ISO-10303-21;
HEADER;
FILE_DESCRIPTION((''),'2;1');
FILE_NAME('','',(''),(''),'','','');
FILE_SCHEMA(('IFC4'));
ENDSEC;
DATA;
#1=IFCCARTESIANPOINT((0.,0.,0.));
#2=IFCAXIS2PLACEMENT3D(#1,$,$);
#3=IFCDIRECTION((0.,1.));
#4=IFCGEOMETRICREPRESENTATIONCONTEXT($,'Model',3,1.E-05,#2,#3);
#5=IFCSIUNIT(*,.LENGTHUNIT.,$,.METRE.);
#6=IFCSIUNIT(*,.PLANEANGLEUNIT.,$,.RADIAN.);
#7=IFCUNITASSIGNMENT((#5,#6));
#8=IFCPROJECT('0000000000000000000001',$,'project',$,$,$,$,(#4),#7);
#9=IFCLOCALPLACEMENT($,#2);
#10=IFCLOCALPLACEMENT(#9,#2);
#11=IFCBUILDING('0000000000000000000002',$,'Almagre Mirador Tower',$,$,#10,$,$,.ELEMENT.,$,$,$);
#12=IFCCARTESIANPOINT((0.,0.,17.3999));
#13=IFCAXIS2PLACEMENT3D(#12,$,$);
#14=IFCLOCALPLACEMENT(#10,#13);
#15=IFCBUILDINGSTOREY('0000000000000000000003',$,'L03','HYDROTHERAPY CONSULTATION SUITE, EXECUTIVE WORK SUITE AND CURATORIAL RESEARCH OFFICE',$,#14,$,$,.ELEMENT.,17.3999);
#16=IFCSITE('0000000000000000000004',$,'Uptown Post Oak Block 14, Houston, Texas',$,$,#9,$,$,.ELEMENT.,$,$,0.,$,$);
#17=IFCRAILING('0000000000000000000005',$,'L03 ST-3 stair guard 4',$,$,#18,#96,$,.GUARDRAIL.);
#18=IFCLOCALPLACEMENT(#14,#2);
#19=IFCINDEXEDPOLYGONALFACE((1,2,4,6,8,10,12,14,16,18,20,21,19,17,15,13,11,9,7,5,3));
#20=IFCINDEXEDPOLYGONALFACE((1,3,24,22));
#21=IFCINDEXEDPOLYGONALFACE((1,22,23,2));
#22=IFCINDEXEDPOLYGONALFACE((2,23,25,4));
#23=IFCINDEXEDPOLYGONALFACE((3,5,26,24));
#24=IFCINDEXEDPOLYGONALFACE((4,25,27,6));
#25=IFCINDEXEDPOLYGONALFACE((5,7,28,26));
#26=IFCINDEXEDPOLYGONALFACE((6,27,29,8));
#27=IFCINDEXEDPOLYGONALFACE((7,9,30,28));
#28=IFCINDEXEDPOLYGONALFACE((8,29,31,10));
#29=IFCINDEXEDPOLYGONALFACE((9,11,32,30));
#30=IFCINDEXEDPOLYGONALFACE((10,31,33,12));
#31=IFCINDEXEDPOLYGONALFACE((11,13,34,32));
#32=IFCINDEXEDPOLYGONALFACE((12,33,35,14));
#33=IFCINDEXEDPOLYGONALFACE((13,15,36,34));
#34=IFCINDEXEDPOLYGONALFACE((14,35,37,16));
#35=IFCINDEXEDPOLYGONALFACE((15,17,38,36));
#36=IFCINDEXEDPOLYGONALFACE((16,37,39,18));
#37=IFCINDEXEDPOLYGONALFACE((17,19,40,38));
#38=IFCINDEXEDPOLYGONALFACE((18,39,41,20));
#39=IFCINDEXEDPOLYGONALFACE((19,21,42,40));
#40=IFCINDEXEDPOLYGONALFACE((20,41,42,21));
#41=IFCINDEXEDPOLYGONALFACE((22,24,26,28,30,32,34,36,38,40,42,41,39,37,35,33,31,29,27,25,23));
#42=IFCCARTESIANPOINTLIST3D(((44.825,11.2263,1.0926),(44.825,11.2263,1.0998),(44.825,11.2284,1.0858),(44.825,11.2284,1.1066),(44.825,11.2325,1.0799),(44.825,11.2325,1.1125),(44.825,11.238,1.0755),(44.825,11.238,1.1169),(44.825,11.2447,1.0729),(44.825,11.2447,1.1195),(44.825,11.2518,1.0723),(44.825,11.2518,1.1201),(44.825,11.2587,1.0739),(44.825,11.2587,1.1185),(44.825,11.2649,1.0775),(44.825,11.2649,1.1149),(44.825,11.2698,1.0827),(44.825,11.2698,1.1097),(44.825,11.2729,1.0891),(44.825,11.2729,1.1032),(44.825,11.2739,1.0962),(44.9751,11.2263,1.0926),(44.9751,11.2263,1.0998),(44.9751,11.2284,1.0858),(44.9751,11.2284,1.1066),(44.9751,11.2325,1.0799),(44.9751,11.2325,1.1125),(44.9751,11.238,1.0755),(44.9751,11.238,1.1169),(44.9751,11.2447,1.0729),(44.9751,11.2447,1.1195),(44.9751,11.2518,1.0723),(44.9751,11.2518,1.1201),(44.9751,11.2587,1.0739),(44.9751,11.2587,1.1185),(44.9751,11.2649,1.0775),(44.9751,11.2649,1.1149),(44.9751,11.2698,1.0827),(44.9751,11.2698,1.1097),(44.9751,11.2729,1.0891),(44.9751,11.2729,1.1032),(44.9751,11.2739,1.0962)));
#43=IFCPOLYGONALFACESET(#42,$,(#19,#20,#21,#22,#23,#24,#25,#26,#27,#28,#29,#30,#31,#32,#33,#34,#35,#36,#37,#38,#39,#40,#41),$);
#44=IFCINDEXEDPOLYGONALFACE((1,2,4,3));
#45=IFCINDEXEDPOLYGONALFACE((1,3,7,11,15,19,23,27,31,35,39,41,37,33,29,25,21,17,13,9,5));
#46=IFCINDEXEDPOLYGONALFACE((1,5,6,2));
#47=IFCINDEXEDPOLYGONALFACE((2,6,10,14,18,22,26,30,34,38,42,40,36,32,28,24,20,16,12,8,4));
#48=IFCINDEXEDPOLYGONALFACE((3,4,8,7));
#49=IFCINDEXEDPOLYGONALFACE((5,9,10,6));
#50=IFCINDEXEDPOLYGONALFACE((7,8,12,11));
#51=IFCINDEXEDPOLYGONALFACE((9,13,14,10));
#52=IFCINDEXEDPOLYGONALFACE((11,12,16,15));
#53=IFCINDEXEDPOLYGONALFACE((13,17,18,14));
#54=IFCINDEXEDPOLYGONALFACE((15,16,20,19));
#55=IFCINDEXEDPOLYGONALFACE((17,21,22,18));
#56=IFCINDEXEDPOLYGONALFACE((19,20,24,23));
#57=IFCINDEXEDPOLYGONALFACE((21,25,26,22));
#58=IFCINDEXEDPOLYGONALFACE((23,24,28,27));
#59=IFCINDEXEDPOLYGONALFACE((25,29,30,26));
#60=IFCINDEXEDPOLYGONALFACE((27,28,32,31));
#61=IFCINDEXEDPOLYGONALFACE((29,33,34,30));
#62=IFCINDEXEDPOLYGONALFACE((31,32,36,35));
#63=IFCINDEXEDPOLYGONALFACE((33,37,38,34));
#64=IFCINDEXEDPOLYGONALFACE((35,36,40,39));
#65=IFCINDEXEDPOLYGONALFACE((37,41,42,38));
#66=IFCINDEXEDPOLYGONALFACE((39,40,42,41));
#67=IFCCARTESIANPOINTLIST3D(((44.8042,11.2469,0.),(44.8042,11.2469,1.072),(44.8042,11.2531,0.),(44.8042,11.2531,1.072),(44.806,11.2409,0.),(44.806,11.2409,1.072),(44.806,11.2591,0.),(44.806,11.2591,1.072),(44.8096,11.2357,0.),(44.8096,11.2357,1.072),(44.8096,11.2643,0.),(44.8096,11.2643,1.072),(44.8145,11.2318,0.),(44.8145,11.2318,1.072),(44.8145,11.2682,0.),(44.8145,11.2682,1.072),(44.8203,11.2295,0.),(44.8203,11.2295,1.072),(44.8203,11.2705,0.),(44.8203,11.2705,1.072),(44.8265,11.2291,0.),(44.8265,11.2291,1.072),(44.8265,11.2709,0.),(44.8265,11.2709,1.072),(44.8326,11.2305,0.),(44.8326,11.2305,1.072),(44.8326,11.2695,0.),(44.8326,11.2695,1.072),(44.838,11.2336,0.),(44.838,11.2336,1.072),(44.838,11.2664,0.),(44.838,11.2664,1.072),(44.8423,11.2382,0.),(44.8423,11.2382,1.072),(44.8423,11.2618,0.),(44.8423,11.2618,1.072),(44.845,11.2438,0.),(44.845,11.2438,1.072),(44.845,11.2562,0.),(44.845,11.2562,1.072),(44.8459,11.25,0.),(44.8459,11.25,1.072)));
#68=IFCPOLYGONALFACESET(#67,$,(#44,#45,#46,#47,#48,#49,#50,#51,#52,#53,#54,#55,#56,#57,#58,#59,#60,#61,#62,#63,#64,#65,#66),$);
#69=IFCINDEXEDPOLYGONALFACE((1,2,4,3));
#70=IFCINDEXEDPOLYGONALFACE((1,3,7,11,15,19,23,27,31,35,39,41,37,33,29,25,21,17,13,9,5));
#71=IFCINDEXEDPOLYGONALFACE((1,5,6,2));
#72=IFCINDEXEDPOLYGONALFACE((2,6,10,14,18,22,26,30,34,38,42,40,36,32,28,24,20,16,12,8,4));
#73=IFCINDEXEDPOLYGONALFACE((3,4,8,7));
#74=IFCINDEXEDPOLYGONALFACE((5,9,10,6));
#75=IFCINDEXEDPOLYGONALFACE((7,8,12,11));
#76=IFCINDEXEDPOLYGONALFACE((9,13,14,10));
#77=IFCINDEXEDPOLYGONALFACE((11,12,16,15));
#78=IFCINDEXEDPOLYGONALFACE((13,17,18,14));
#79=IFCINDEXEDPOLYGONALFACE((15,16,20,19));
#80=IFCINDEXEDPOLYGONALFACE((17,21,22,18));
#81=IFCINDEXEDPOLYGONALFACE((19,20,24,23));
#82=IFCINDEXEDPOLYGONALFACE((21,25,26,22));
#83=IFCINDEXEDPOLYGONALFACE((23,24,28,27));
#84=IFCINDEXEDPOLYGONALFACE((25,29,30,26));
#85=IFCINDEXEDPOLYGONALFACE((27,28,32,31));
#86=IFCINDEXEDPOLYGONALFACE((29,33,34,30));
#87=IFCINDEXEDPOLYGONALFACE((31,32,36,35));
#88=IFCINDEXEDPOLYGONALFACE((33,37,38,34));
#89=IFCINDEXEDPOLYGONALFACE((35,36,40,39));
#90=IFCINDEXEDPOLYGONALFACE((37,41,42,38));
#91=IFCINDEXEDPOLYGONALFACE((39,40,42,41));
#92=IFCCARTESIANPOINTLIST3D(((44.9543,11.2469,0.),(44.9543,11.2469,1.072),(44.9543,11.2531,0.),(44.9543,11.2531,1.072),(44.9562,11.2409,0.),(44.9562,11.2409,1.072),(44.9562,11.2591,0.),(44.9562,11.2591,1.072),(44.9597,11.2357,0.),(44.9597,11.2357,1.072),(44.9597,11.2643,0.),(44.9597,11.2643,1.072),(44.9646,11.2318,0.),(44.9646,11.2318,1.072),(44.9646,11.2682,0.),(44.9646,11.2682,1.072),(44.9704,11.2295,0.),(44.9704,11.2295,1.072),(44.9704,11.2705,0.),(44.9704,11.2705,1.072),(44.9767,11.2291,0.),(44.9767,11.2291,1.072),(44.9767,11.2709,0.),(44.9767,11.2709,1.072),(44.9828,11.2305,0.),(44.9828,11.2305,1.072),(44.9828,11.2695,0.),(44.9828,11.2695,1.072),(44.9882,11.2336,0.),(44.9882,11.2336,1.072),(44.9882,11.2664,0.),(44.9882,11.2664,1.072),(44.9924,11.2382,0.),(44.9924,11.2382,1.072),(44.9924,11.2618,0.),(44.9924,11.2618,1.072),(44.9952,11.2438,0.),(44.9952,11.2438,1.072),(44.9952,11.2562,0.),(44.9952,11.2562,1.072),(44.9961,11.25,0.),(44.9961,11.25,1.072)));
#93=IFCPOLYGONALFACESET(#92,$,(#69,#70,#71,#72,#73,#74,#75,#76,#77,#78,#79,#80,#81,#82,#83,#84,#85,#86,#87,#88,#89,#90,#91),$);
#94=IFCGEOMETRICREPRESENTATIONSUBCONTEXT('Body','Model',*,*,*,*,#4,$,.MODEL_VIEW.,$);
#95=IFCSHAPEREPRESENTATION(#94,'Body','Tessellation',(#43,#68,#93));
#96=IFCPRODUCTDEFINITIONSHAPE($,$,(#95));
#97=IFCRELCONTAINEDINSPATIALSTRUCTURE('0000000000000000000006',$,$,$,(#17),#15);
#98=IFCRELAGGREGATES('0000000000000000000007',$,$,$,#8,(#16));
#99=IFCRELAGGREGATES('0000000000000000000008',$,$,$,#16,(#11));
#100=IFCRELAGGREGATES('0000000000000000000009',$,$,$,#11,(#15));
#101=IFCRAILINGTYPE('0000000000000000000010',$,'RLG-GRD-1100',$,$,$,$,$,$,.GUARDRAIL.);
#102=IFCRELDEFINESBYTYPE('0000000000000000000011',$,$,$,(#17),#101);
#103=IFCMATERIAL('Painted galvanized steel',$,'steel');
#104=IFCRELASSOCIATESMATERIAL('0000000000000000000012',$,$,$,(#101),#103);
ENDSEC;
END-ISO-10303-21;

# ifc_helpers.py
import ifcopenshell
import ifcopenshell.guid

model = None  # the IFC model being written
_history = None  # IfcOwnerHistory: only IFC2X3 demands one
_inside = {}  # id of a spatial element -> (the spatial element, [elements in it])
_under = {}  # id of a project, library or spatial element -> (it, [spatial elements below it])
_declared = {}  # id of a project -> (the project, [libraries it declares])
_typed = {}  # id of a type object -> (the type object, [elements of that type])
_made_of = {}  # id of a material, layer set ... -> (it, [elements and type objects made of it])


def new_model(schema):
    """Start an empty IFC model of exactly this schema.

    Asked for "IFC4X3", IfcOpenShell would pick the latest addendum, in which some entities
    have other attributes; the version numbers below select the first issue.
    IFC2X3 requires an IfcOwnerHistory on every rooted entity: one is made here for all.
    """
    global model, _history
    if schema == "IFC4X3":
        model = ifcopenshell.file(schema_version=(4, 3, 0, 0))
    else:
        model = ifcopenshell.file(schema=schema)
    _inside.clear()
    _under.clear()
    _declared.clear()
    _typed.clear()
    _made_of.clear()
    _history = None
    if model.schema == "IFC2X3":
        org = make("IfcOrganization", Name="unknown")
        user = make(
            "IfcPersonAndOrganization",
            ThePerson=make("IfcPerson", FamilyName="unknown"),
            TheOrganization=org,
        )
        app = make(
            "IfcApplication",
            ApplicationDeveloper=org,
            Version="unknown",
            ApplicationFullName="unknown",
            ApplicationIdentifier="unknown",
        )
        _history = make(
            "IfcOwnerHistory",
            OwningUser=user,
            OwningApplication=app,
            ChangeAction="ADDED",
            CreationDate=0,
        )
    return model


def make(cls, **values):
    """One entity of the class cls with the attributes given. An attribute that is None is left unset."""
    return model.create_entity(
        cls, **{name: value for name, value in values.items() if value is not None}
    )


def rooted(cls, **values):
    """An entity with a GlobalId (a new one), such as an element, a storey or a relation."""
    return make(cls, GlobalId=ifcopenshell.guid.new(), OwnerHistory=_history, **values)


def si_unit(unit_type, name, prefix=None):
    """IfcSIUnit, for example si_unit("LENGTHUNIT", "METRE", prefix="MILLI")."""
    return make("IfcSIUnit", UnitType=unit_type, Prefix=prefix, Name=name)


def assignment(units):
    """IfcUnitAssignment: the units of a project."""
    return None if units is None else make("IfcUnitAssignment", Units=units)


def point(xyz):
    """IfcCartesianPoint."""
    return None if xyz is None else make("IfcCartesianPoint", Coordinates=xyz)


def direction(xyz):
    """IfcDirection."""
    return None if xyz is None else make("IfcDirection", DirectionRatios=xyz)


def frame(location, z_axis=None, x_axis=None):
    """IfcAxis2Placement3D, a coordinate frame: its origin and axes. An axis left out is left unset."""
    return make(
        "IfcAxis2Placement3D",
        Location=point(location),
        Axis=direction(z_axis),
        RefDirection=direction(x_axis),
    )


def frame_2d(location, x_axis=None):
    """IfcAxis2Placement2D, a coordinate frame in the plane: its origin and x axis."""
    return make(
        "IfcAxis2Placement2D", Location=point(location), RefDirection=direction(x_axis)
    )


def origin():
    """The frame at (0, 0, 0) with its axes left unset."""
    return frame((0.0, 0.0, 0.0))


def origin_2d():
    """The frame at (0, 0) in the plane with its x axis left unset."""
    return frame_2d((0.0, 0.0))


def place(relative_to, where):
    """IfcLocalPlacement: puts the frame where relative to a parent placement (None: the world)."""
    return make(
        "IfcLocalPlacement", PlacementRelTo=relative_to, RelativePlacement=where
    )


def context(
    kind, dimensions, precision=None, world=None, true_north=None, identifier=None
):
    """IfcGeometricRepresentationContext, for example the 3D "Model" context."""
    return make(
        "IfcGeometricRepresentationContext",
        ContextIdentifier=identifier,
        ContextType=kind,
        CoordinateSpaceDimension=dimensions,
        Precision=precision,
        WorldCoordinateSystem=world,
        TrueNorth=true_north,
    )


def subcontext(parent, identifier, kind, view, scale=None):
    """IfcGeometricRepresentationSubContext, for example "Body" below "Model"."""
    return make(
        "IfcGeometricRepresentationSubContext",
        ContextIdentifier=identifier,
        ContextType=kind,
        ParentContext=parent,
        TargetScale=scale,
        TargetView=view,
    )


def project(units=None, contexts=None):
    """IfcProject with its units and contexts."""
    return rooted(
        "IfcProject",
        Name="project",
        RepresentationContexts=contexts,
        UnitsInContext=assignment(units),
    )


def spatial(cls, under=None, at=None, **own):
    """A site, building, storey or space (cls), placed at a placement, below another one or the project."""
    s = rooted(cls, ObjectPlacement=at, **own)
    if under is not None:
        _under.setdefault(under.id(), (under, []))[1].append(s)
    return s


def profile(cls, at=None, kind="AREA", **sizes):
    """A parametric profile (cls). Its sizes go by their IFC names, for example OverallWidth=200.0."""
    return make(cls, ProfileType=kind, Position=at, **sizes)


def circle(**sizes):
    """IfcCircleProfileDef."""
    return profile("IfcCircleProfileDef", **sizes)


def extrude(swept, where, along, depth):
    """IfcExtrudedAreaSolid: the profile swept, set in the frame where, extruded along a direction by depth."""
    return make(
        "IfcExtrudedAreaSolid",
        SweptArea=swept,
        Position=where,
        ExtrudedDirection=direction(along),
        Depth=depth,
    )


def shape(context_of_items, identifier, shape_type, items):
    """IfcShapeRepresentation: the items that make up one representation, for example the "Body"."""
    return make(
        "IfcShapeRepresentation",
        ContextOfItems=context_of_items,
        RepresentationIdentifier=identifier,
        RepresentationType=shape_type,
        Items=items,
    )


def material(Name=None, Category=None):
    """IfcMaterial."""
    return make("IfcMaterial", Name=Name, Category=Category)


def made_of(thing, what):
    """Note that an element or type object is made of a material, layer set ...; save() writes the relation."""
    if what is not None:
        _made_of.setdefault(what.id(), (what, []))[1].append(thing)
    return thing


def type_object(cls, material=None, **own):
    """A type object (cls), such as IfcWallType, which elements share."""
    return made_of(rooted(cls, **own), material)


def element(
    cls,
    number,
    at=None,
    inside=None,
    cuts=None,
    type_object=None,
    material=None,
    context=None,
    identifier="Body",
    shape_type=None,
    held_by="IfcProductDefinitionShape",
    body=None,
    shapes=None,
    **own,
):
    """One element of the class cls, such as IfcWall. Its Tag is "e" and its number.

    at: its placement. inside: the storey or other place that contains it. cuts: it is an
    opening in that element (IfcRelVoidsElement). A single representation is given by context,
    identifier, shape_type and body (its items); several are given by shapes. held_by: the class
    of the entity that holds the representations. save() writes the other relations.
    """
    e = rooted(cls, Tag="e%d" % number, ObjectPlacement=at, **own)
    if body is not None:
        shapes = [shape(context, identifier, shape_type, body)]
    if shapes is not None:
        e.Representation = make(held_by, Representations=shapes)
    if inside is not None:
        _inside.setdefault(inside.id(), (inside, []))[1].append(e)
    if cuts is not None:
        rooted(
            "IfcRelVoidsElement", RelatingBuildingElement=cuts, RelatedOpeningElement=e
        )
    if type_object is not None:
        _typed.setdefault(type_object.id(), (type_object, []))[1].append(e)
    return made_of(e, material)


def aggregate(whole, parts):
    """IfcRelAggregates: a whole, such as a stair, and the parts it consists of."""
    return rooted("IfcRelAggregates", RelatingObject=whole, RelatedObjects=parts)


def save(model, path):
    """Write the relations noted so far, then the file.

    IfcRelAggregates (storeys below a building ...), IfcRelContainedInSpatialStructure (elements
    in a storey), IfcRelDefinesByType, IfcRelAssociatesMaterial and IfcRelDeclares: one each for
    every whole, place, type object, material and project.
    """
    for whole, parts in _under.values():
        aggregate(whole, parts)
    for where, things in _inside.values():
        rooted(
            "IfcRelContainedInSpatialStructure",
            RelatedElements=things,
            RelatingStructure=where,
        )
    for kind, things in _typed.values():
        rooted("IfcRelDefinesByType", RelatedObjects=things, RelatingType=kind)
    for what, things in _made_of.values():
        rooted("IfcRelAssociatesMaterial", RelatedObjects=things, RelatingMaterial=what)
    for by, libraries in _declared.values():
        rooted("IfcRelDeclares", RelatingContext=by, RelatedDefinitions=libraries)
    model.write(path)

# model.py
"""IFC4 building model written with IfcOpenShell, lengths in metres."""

from ifc_helpers import new_model, si_unit, direction, frame, origin, origin_2d, place, context, subcontext, project, spatial, circle, extrude, material, type_object, element, save


model = new_model("IFC4")

# Units and contexts
model_context = context("Model", 3, precision=1e-05, world=origin(), true_north=direction((0.0, 1.0)))
body_context = subcontext(model_context, "Body", "Model", "MODEL_VIEW")
ifc_project = project(units=[si_unit("LENGTHUNIT", "METRE"), si_unit("PLANEANGLEUNIT", "RADIAN")], contexts=[model_context])

# Site, building, storey
site_placement = place(None, origin())
site = spatial("IfcSite", under=ifc_project, at=site_placement, Name="Uptown Post Oak Block 14, Houston, Texas", CompositionType="ELEMENT", RefElevation=0.0)
building_placement = place(site_placement, origin())
building = spatial("IfcBuilding", under=site, at=building_placement, Name="Almagre Mirador Tower", CompositionType="ELEMENT")
storey_placement = place(building_placement, frame((0.0, 0.0, 17.3999)))
storey = spatial("IfcBuildingStorey", under=building, at=storey_placement, Name="L03", Description="HYDROTHERAPY CONSULTATION SUITE, EXECUTIVE WORK SUITE AND CURATORIAL RESEARCH OFFICE", CompositionType="ELEMENT", Elevation=17.3999)

# Railing
ifc_material_1 = material(Name="Painted galvanized steel", Category="steel")
railing_type_1 = type_object("IfcRailingType", Name="RLG-GRD-1100", PredefinedType="GUARDRAIL", material=ifc_material_1)
railing_1_placement = place(storey_placement, frame((44.825, 11.25, 0.0)))
element("IfcRailing", 1, at=railing_1_placement, inside=storey, type_object=railing_type_1, Name="L03 ST-3 stair guard 4", PredefinedType="GUARDRAIL", context=body_context, shape_type="SweptSolid", body=[
    extrude(circle(Radius=0.0239, at=origin_2d()), frame((0.0, 0.0, 1.0962), z_axis=(1.0, 0.0, 0.0), x_axis=(0.0, 1.0, 0.0)), (0.0, 0.0, 1.0), 0.1501),
    extrude(circle(Radius=0.021, at=origin_2d()), origin(), (0.0, 0.0, 1.0), 1.072),
    extrude(circle(Radius=0.021, at=origin_2d()), frame((0.1501, 0.0, 0.0)), (0.0, 0.0, 1.0), 1.072),
])

save(model, "model.ifc")
